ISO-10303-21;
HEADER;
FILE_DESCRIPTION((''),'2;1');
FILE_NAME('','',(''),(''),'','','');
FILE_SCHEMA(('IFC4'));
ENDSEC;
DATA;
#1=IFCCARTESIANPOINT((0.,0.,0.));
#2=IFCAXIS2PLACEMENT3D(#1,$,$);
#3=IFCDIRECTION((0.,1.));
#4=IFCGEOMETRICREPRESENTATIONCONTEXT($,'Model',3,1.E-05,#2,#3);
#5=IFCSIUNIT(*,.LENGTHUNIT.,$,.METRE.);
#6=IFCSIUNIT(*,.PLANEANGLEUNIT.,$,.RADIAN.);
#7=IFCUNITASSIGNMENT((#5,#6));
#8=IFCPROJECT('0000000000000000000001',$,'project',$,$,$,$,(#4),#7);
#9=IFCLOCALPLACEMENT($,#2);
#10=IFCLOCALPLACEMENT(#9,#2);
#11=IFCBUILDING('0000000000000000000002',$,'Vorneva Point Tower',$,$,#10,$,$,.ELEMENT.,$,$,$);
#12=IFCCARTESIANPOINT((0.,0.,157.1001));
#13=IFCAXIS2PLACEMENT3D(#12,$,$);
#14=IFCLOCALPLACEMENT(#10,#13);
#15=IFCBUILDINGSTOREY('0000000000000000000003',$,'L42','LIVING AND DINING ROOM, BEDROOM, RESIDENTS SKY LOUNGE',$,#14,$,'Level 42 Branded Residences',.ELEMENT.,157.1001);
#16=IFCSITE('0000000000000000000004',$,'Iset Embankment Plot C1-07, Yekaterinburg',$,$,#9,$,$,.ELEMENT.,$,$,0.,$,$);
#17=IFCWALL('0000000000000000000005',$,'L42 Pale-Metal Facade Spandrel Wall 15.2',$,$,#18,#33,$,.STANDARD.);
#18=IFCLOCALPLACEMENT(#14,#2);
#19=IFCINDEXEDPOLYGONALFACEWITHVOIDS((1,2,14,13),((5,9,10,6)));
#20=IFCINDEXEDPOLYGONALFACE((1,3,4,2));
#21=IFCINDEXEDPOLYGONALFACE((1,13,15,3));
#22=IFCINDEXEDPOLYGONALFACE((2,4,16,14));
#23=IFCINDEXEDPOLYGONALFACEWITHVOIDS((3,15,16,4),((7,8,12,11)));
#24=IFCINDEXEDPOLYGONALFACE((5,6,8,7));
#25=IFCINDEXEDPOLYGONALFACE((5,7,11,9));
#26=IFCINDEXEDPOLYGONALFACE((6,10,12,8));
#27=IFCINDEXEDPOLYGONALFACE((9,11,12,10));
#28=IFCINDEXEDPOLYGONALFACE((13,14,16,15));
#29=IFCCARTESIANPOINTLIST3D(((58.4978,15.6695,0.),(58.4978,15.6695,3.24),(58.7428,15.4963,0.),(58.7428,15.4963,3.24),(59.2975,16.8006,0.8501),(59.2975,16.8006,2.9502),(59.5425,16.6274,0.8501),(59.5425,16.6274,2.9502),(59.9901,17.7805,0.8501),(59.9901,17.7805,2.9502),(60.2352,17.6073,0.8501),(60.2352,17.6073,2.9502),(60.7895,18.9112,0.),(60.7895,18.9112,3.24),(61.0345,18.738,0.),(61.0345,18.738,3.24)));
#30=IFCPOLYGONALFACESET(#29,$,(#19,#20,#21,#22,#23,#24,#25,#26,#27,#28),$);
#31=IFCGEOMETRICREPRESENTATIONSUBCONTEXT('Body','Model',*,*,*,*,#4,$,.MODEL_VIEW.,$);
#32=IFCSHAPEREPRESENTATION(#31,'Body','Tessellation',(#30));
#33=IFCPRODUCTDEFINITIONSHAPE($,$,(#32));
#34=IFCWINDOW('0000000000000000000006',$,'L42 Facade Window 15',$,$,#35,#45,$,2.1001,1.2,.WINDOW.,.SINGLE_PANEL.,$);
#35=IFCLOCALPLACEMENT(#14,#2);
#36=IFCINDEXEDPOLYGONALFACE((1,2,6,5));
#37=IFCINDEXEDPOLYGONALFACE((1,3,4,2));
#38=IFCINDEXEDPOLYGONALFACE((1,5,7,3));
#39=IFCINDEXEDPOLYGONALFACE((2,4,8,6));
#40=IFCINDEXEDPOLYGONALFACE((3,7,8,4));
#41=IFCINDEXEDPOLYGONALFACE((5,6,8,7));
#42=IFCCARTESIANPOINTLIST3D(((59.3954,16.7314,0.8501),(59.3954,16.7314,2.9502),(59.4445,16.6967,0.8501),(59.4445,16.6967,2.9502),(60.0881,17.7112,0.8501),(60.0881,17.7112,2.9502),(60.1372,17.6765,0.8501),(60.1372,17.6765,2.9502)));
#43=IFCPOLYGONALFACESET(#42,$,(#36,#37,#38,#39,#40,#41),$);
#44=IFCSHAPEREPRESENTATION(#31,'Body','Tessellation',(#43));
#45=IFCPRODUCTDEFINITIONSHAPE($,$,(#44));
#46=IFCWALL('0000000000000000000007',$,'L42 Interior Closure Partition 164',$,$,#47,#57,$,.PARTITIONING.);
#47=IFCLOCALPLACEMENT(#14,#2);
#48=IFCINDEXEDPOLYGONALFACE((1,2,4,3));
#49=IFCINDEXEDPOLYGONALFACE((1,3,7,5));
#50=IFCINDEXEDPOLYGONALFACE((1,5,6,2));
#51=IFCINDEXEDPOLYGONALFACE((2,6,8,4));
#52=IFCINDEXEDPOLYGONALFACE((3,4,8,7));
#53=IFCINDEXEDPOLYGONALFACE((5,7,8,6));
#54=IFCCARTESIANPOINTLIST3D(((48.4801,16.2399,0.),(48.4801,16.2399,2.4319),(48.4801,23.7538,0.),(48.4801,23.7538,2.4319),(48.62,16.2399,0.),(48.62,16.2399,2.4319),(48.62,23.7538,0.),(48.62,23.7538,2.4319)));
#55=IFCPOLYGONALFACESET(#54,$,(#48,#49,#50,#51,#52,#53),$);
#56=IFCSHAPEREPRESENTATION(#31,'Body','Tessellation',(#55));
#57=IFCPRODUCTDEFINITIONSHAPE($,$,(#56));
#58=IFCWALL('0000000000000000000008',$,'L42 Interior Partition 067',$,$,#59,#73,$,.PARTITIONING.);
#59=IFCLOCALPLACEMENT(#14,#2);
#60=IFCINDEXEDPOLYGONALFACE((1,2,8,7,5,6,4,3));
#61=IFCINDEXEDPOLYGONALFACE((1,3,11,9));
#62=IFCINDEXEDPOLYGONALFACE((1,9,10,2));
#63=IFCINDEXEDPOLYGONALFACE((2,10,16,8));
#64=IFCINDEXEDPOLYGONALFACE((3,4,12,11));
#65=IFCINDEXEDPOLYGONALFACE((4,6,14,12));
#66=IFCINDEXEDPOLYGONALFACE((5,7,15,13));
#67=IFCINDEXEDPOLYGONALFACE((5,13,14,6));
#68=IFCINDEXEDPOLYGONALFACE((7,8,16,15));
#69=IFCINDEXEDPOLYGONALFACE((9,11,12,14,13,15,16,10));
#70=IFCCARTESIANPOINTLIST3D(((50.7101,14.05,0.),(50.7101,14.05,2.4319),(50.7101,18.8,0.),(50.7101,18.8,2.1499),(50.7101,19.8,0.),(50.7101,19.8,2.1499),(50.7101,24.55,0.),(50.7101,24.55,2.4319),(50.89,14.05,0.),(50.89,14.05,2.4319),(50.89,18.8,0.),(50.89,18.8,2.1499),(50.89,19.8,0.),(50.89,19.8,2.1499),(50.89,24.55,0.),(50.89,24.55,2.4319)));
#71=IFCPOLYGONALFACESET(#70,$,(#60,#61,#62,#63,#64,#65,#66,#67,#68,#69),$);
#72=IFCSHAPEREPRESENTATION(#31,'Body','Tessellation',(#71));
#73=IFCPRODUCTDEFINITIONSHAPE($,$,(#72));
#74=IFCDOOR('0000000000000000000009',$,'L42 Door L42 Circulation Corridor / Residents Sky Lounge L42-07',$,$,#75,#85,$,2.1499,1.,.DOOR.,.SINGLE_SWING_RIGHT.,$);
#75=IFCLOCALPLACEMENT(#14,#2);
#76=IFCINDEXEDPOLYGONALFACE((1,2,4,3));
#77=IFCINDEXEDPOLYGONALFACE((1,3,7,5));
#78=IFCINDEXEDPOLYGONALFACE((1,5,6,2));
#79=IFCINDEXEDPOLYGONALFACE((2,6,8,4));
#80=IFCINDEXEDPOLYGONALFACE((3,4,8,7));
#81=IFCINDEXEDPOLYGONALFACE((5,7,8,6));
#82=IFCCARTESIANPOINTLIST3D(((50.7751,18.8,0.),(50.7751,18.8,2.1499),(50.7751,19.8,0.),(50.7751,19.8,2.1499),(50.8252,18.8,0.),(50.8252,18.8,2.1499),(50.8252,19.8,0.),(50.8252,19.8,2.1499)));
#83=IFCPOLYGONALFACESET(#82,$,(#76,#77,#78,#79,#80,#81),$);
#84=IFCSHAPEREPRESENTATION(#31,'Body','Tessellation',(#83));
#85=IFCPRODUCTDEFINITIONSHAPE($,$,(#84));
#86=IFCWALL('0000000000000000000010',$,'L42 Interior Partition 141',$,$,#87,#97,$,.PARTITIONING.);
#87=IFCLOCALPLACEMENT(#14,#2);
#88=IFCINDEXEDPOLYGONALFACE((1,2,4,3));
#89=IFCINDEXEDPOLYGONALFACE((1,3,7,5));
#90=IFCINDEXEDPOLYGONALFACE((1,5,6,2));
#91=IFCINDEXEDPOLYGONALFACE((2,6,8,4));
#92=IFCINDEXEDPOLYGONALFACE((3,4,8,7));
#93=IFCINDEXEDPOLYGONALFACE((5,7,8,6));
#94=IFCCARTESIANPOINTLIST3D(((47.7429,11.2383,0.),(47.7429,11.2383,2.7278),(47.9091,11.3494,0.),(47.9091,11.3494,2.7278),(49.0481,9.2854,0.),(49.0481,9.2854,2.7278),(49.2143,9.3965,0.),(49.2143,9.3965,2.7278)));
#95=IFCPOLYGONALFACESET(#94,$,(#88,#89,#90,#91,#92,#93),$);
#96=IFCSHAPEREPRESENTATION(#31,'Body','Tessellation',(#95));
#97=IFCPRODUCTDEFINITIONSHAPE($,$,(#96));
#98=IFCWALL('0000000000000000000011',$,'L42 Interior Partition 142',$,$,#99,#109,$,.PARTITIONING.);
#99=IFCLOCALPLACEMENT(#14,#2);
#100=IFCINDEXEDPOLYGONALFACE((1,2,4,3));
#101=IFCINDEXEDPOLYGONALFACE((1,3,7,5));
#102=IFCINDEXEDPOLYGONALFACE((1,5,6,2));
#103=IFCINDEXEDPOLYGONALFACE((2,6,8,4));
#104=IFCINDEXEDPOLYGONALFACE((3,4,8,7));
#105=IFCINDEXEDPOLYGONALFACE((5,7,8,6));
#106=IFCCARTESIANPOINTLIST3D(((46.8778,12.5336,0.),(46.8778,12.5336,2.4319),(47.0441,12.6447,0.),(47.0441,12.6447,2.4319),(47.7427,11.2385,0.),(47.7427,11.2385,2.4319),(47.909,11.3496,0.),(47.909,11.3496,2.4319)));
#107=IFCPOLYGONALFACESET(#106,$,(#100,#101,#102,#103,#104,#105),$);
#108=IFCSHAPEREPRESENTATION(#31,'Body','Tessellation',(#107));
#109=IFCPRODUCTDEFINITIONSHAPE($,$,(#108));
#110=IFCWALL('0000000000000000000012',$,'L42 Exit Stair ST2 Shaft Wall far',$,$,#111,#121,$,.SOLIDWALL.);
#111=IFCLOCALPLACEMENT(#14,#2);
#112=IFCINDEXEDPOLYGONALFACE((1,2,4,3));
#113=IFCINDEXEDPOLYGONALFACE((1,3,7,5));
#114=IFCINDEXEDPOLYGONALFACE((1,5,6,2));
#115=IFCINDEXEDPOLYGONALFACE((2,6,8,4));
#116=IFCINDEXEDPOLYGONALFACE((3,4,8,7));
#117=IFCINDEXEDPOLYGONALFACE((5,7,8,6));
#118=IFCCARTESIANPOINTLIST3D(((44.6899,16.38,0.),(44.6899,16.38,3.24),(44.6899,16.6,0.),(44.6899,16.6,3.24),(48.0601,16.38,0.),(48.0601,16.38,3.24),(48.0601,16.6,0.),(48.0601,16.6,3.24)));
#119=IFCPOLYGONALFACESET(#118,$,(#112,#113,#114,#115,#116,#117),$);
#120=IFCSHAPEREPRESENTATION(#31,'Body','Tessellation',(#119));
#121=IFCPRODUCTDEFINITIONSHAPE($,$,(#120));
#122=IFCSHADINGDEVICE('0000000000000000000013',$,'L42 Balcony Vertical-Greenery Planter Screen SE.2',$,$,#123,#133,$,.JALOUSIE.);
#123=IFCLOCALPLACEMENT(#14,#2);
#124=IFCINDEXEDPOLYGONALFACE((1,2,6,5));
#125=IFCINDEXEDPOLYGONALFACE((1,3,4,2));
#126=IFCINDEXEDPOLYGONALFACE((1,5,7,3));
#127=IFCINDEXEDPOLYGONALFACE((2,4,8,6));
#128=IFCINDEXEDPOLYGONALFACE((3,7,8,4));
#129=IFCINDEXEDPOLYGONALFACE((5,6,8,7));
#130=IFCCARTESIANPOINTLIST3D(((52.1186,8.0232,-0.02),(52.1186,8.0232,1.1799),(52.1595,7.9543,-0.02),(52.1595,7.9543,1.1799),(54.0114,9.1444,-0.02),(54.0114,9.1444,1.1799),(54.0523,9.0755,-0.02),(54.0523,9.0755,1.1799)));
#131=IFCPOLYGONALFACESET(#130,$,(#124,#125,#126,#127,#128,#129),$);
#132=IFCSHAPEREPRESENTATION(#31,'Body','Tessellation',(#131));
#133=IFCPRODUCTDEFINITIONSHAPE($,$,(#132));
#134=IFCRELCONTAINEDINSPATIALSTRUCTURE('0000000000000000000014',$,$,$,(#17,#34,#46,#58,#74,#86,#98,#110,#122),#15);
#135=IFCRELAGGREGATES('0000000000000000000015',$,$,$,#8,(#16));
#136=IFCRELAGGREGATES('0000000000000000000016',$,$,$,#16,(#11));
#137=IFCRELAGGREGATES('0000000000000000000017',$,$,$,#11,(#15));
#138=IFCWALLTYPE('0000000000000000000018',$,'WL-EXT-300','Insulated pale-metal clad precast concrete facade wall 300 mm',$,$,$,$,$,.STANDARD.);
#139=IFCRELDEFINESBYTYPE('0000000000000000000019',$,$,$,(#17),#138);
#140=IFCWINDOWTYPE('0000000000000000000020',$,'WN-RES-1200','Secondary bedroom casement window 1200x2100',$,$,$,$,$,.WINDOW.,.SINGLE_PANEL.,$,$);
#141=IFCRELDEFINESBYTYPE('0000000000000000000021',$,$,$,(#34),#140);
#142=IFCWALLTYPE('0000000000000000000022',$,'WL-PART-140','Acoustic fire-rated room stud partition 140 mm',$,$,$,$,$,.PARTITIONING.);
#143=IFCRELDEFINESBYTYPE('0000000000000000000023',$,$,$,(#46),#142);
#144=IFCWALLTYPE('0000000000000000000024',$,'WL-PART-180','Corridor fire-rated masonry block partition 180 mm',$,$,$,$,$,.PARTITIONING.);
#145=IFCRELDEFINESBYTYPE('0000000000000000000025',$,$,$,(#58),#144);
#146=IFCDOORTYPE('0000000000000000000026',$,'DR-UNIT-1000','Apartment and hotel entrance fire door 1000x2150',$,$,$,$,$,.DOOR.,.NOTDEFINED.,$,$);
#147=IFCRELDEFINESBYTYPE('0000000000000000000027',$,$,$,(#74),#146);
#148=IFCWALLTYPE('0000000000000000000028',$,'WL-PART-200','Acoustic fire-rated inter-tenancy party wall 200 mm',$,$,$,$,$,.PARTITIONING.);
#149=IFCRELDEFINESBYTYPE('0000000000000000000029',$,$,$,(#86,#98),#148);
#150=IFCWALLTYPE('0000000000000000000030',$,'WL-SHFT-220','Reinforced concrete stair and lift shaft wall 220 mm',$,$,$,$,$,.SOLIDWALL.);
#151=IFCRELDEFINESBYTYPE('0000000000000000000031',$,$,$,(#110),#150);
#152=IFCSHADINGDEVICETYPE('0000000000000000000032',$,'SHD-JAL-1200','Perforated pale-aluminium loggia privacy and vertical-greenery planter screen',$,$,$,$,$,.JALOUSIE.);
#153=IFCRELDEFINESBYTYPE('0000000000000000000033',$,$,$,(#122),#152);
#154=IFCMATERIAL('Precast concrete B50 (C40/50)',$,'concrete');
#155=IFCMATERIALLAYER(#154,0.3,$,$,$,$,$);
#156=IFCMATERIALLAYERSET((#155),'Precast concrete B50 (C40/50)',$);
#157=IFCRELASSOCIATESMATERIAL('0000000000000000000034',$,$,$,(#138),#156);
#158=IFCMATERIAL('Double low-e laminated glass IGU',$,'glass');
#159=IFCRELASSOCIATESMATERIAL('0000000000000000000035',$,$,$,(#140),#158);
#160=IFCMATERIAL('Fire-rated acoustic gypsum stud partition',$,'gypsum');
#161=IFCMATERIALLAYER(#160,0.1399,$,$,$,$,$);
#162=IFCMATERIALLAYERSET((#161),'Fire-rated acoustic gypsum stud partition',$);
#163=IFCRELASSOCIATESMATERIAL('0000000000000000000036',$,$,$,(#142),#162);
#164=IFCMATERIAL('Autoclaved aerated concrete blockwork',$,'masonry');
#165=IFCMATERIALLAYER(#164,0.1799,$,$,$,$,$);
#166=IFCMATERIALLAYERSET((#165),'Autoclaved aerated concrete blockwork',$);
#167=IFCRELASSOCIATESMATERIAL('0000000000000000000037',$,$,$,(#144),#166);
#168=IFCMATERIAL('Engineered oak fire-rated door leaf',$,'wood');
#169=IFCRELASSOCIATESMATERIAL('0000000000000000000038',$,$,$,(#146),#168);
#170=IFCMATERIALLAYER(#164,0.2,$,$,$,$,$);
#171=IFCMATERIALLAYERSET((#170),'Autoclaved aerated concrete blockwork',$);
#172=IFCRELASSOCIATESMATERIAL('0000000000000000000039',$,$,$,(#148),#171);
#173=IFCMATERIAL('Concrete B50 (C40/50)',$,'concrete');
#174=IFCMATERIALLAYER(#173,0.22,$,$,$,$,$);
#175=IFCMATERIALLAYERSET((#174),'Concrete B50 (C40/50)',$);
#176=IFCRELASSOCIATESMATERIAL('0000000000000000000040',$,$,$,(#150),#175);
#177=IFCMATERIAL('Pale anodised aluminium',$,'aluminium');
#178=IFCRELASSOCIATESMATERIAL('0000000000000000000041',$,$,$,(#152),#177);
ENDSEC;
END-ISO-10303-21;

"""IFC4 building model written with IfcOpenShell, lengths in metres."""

from ifc_helpers import new_model, si_unit, direction, frame, frame_2d, origin, origin_2d, place, context, subcontext, project, spatial, rectangle, extrude, material, layer, layer_set, type_object, element, fill, save


model = new_model("IFC4")

# Units and contexts
model_context = context("Model", 3, precision=1e-05, world=origin(), true_north=direction((0.0, 1.0)))
body_context = subcontext(model_context, "Body", "Model", "MODEL_VIEW")
ifc_project = project(units=[si_unit("LENGTHUNIT", "METRE"), si_unit("PLANEANGLEUNIT", "RADIAN")], contexts=[model_context])

# Site, building, storey
site_placement = place(None, origin())
site = spatial("IfcSite", under=ifc_project, at=site_placement, Name="Iset Embankment Plot C1-07, Yekaterinburg", CompositionType="ELEMENT", RefElevation=0.0)
building_placement = place(site_placement, origin())
building = spatial("IfcBuilding", under=site, at=building_placement, Name="Vorneva Point Tower", CompositionType="ELEMENT")
storey_placement = place(building_placement, frame((0.0, 0.0, 157.1001)))
storey = spatial("IfcBuildingStorey", under=building, at=storey_placement, Name="L42", Description="LIVING AND DINING ROOM, BEDROOM, RESIDENTS SKY LOUNGE", LongName="Level 42 Branded Residences", CompositionType="ELEMENT", Elevation=157.1001)

# Shared definitions
ifc_material_1 = material(Name="Pale anodised aluminium", Category="aluminium")

# Shared definitions
ifc_material_2 = material(Name="Double low-e laminated glass IGU", Category="glass")

# Shared definitions
ifc_material_3 = material(Name="Precast concrete B50 (C40/50)", Category="concrete")
ifc_layer_1 = layer(ifc_material_3, 0.3)
ifc_layer_set_1 = layer_set([ifc_layer_1], Name="Precast concrete B50 (C40/50)")
wall_type_1 = type_object("IfcWallType", Name="WL-EXT-300", Description="Insulated pale-metal clad precast concrete facade wall 300 mm", PredefinedType="STANDARD", material=ifc_layer_set_1)

# Wall, opening, window
wall_1_placement = place(storey_placement, frame((58.6204, 15.583, 0.0), z_axis=(0.0, 0.0, 1.0), x_axis=(0.57727, 0.816554, 0.0)))
wall_1 = element("IfcWall", 1, at=wall_1_placement, inside=storey, type_object=wall_type_1, Name="L42 Pale-Metal Facade Spandrel Wall 15.2", PredefinedType="STANDARD", context=body_context, shape_type="SweptSolid", body=[
    extrude(rectangle(XDim=3.97, YDim=0.3, at=frame_2d((1.9849, 0.0))), origin(), (0.0, 0.0, 1.0), 3.24),
])
opening_1_placement = place(wall_1_placement, frame((1.385, 0.0, 0.8501)))
opening_1 = element("IfcOpeningElement", 2, at=opening_1_placement, cuts=wall_1, PredefinedType="OPENING", context=body_context, shape_type="SweptSolid", body=[
    extrude(rectangle(XDim=1.2, YDim=2.1001, at=frame_2d((0.6001, 1.05))), frame((0.0, 0.165, 0.0), z_axis=(0.0, -1.0, 0.0), x_axis=(1.0, 0.0, 0.0)), (0.0, 0.0, 1.0), 0.3298),
])
window_type = type_object("IfcWindowType", Name="WN-RES-1200", Description="Secondary bedroom casement window 1200x2100", PartitioningType="SINGLE_PANEL", PredefinedType="WINDOW", material=ifc_material_2)
window_placement = place(opening_1_placement, origin())
window = element("IfcWindow", 3, at=window_placement, inside=storey, type_object=window_type, Name="L42 Facade Window 15", OverallHeight=2.1001, OverallWidth=1.2, PartitioningType="SINGLE_PANEL", PredefinedType="WINDOW", context=body_context, shape_type="SweptSolid", body=[
    extrude(rectangle(XDim=1.2, YDim=2.1001, at=frame_2d((0.6001, 1.05))), frame((0.0, 0.03, 0.0), z_axis=(0.0, -1.0, 0.0), x_axis=(1.0, 0.0, 0.0)), (0.0, 0.0, 1.0), 0.0601),
])
fill(opening_1, window)

# Wall
ifc_material_4 = material(Name="Fire-rated acoustic gypsum stud partition", Category="gypsum")
ifc_layer_2 = layer(ifc_material_4, 0.1399)
ifc_layer_set_2 = layer_set([ifc_layer_2], Name="Fire-rated acoustic gypsum stud partition")
wall_type_2 = type_object("IfcWallType", Name="WL-PART-140", Description="Acoustic fire-rated room stud partition 140 mm", PredefinedType="PARTITIONING", material=ifc_layer_set_2)
wall_2_placement = place(storey_placement, frame((48.55, 16.24, 0.0), z_axis=(0.0, 0.0, 1.0), x_axis=(0.0, 1.0, 0.0)))
element("IfcWall", 4, at=wall_2_placement, inside=storey, type_object=wall_type_2, Name="L42 Interior Closure Partition 164", PredefinedType="PARTITIONING", context=body_context, shape_type="SweptSolid", body=[
    extrude(rectangle(XDim=7.5139, YDim=0.1399, at=frame_2d((3.7568, 0.0))), origin(), (0.0, 0.0, 1.0), 2.4319),
])

# Wall, opening, door
ifc_material_5 = material(Name="Autoclaved aerated concrete blockwork", Category="masonry")
ifc_layer_3 = layer(ifc_material_5, 0.1799)
ifc_layer_set_3 = layer_set([ifc_layer_3], Name="Autoclaved aerated concrete blockwork")
wall_type_3 = type_object("IfcWallType", Name="WL-PART-180", Description="Corridor fire-rated masonry block partition 180 mm", PredefinedType="PARTITIONING", material=ifc_layer_set_3)
wall_3_placement = place(storey_placement, frame((50.8, 14.05, 0.0), z_axis=(0.0, 0.0, 1.0), x_axis=(0.0, 1.0, 0.0)))
wall_3 = element("IfcWall", 5, at=wall_3_placement, inside=storey, type_object=wall_type_3, Name="L42 Interior Partition 067", PredefinedType="PARTITIONING", context=body_context, shape_type="SweptSolid", body=[
    extrude(rectangle(XDim=10.5, YDim=0.1799, at=frame_2d((5.25, 0.0))), origin(), (0.0, 0.0, 1.0), 2.4319),
])
opening_2_placement = place(wall_3_placement, frame((4.75, 0.0, 0.0)))
opening_2 = element("IfcOpeningElement", 6, at=opening_2_placement, cuts=wall_3, PredefinedType="OPENING", context=body_context, shape_type="SweptSolid", body=[
    extrude(rectangle(XDim=1.0, YDim=2.1499, at=frame_2d((0.5, 1.075))), frame((0.0, 0.105, 0.0), z_axis=(0.0, -1.0, 0.0), x_axis=(1.0, 0.0, 0.0)), (0.0, 0.0, 1.0), 0.2097),
])
ifc_material_6 = material(Name="Engineered oak fire-rated door leaf", Category="wood")
door_type_1 = type_object("IfcDoorType", Name="DR-UNIT-1000", Description="Apartment and hotel entrance fire door 1000x2150", OperationType="NOTDEFINED", PredefinedType="DOOR", material=ifc_material_6)
door_1_placement = place(opening_2_placement, origin())
door_1 = element("IfcDoor", 7, at=door_1_placement, inside=storey, type_object=door_type_1, Name="L42 Door L42 Circulation Corridor / Residents Sky Lounge L42-07", OperationType="SINGLE_SWING_RIGHT", OverallHeight=2.1499, OverallWidth=1.0, PredefinedType="DOOR", context=body_context, shape_type="SweptSolid", body=[
    extrude(rectangle(XDim=1.0, YDim=2.1499, at=frame_2d((0.5, 1.075))), frame((0.0, 0.0249, 0.0), z_axis=(0.0, -1.0, 0.0), x_axis=(1.0, 0.0, 0.0)), (0.0, 0.0, 1.0), 0.05),
])
fill(opening_2, door_1)

# Walls
ifc_layer_4 = layer(ifc_material_5, 0.2)
ifc_layer_set_4 = layer_set([ifc_layer_4], Name="Autoclaved aerated concrete blockwork")
wall_type_4 = type_object("IfcWallType", Name="WL-PART-200", Description="Acoustic fire-rated inter-tenancy party wall 200 mm", PredefinedType="PARTITIONING", material=ifc_layer_set_4)
wall_4_placement = place(storey_placement, frame((49.1311, 9.3411, 0.0), z_axis=(0.0, 0.0, 1.0), x_axis=(-0.555659, 0.83141, 0.0)))
element("IfcWall", 8, at=wall_4_placement, inside=storey, type_object=wall_type_4, Name="L42 Interior Partition 141", PredefinedType="PARTITIONING", context=body_context, shape_type="SweptSolid", body=[
    extrude(rectangle(XDim=2.3489, YDim=0.2, at=frame_2d((1.1743, 0.0))), origin(), (0.0, 0.0, 1.0), 2.7278),
])
wall_5_placement = place(storey_placement, frame((47.8259, 11.2939, 0.0), z_axis=(0.0, 0.0, 1.0), x_axis=(-0.555387, 0.831592, 0.0)))
element("IfcWall", 9, at=wall_5_placement, inside=storey, type_object=wall_type_4, Name="L42 Interior Partition 142", PredefinedType="PARTITIONING", context=body_context, shape_type="SweptSolid", body=[
    extrude(rectangle(XDim=1.5574, YDim=0.2, at=frame_2d((0.7788, 0.0))), origin(), (0.0, 0.0, 1.0), 2.4319),
])
ifc_material_7 = material(Name="Concrete B50 (C40/50)", Category="concrete")
ifc_layer_5 = layer(ifc_material_7, 0.22)
ifc_layer_set_5 = layer_set([ifc_layer_5], Name="Concrete B50 (C40/50)")
wall_type_5 = type_object("IfcWallType", Name="WL-SHFT-220", Description="Reinforced concrete stair and lift shaft wall 220 mm", PredefinedType="SOLIDWALL", material=ifc_layer_set_5)
wall_6_placement = place(storey_placement, frame((48.0601, 16.49, 0.0), z_axis=(0.0, 0.0, 1.0), x_axis=(-1.0, 0.0, 0.0)))
element("IfcWall", 10, at=wall_6_placement, inside=storey, type_object=wall_type_5, Name="L42 Exit Stair ST2 Shaft Wall far", PredefinedType="SOLIDWALL", context=body_context, shape_type="SweptSolid", body=[
    extrude(rectangle(XDim=3.3701, YDim=0.22, at=frame_2d((1.6851, 0.0))), origin(), (0.0, 0.0, 1.0), 3.24),
])

# Shading device
shading_device_type = type_object("IfcShadingDeviceType", Name="SHD-JAL-1200", Description="Perforated pale-aluminium loggia privacy and vertical-greenery planter screen", PredefinedType="JALOUSIE", material=ifc_material_1)
shading_device_placement = place(storey_placement, frame((53.0854, 8.5493, -0.02), z_axis=(0.0, 0.0, 1.0), x_axis=(0.860386, 0.509642, 0.0)))
element("IfcShadingDevice", 11, at=shading_device_placement, inside=storey, type_object=shading_device_type, Name="L42 Balcony Vertical-Greenery Planter Screen SE.2", PredefinedType="JALOUSIE", context=body_context, shape_type="SweptSolid", body=[
    extrude(rectangle(XDim=2.2, YDim=0.0801, at=origin_2d()), origin(), (0.0, 0.0, 1.0), 1.2),
])

save(model, "model.ifc")
